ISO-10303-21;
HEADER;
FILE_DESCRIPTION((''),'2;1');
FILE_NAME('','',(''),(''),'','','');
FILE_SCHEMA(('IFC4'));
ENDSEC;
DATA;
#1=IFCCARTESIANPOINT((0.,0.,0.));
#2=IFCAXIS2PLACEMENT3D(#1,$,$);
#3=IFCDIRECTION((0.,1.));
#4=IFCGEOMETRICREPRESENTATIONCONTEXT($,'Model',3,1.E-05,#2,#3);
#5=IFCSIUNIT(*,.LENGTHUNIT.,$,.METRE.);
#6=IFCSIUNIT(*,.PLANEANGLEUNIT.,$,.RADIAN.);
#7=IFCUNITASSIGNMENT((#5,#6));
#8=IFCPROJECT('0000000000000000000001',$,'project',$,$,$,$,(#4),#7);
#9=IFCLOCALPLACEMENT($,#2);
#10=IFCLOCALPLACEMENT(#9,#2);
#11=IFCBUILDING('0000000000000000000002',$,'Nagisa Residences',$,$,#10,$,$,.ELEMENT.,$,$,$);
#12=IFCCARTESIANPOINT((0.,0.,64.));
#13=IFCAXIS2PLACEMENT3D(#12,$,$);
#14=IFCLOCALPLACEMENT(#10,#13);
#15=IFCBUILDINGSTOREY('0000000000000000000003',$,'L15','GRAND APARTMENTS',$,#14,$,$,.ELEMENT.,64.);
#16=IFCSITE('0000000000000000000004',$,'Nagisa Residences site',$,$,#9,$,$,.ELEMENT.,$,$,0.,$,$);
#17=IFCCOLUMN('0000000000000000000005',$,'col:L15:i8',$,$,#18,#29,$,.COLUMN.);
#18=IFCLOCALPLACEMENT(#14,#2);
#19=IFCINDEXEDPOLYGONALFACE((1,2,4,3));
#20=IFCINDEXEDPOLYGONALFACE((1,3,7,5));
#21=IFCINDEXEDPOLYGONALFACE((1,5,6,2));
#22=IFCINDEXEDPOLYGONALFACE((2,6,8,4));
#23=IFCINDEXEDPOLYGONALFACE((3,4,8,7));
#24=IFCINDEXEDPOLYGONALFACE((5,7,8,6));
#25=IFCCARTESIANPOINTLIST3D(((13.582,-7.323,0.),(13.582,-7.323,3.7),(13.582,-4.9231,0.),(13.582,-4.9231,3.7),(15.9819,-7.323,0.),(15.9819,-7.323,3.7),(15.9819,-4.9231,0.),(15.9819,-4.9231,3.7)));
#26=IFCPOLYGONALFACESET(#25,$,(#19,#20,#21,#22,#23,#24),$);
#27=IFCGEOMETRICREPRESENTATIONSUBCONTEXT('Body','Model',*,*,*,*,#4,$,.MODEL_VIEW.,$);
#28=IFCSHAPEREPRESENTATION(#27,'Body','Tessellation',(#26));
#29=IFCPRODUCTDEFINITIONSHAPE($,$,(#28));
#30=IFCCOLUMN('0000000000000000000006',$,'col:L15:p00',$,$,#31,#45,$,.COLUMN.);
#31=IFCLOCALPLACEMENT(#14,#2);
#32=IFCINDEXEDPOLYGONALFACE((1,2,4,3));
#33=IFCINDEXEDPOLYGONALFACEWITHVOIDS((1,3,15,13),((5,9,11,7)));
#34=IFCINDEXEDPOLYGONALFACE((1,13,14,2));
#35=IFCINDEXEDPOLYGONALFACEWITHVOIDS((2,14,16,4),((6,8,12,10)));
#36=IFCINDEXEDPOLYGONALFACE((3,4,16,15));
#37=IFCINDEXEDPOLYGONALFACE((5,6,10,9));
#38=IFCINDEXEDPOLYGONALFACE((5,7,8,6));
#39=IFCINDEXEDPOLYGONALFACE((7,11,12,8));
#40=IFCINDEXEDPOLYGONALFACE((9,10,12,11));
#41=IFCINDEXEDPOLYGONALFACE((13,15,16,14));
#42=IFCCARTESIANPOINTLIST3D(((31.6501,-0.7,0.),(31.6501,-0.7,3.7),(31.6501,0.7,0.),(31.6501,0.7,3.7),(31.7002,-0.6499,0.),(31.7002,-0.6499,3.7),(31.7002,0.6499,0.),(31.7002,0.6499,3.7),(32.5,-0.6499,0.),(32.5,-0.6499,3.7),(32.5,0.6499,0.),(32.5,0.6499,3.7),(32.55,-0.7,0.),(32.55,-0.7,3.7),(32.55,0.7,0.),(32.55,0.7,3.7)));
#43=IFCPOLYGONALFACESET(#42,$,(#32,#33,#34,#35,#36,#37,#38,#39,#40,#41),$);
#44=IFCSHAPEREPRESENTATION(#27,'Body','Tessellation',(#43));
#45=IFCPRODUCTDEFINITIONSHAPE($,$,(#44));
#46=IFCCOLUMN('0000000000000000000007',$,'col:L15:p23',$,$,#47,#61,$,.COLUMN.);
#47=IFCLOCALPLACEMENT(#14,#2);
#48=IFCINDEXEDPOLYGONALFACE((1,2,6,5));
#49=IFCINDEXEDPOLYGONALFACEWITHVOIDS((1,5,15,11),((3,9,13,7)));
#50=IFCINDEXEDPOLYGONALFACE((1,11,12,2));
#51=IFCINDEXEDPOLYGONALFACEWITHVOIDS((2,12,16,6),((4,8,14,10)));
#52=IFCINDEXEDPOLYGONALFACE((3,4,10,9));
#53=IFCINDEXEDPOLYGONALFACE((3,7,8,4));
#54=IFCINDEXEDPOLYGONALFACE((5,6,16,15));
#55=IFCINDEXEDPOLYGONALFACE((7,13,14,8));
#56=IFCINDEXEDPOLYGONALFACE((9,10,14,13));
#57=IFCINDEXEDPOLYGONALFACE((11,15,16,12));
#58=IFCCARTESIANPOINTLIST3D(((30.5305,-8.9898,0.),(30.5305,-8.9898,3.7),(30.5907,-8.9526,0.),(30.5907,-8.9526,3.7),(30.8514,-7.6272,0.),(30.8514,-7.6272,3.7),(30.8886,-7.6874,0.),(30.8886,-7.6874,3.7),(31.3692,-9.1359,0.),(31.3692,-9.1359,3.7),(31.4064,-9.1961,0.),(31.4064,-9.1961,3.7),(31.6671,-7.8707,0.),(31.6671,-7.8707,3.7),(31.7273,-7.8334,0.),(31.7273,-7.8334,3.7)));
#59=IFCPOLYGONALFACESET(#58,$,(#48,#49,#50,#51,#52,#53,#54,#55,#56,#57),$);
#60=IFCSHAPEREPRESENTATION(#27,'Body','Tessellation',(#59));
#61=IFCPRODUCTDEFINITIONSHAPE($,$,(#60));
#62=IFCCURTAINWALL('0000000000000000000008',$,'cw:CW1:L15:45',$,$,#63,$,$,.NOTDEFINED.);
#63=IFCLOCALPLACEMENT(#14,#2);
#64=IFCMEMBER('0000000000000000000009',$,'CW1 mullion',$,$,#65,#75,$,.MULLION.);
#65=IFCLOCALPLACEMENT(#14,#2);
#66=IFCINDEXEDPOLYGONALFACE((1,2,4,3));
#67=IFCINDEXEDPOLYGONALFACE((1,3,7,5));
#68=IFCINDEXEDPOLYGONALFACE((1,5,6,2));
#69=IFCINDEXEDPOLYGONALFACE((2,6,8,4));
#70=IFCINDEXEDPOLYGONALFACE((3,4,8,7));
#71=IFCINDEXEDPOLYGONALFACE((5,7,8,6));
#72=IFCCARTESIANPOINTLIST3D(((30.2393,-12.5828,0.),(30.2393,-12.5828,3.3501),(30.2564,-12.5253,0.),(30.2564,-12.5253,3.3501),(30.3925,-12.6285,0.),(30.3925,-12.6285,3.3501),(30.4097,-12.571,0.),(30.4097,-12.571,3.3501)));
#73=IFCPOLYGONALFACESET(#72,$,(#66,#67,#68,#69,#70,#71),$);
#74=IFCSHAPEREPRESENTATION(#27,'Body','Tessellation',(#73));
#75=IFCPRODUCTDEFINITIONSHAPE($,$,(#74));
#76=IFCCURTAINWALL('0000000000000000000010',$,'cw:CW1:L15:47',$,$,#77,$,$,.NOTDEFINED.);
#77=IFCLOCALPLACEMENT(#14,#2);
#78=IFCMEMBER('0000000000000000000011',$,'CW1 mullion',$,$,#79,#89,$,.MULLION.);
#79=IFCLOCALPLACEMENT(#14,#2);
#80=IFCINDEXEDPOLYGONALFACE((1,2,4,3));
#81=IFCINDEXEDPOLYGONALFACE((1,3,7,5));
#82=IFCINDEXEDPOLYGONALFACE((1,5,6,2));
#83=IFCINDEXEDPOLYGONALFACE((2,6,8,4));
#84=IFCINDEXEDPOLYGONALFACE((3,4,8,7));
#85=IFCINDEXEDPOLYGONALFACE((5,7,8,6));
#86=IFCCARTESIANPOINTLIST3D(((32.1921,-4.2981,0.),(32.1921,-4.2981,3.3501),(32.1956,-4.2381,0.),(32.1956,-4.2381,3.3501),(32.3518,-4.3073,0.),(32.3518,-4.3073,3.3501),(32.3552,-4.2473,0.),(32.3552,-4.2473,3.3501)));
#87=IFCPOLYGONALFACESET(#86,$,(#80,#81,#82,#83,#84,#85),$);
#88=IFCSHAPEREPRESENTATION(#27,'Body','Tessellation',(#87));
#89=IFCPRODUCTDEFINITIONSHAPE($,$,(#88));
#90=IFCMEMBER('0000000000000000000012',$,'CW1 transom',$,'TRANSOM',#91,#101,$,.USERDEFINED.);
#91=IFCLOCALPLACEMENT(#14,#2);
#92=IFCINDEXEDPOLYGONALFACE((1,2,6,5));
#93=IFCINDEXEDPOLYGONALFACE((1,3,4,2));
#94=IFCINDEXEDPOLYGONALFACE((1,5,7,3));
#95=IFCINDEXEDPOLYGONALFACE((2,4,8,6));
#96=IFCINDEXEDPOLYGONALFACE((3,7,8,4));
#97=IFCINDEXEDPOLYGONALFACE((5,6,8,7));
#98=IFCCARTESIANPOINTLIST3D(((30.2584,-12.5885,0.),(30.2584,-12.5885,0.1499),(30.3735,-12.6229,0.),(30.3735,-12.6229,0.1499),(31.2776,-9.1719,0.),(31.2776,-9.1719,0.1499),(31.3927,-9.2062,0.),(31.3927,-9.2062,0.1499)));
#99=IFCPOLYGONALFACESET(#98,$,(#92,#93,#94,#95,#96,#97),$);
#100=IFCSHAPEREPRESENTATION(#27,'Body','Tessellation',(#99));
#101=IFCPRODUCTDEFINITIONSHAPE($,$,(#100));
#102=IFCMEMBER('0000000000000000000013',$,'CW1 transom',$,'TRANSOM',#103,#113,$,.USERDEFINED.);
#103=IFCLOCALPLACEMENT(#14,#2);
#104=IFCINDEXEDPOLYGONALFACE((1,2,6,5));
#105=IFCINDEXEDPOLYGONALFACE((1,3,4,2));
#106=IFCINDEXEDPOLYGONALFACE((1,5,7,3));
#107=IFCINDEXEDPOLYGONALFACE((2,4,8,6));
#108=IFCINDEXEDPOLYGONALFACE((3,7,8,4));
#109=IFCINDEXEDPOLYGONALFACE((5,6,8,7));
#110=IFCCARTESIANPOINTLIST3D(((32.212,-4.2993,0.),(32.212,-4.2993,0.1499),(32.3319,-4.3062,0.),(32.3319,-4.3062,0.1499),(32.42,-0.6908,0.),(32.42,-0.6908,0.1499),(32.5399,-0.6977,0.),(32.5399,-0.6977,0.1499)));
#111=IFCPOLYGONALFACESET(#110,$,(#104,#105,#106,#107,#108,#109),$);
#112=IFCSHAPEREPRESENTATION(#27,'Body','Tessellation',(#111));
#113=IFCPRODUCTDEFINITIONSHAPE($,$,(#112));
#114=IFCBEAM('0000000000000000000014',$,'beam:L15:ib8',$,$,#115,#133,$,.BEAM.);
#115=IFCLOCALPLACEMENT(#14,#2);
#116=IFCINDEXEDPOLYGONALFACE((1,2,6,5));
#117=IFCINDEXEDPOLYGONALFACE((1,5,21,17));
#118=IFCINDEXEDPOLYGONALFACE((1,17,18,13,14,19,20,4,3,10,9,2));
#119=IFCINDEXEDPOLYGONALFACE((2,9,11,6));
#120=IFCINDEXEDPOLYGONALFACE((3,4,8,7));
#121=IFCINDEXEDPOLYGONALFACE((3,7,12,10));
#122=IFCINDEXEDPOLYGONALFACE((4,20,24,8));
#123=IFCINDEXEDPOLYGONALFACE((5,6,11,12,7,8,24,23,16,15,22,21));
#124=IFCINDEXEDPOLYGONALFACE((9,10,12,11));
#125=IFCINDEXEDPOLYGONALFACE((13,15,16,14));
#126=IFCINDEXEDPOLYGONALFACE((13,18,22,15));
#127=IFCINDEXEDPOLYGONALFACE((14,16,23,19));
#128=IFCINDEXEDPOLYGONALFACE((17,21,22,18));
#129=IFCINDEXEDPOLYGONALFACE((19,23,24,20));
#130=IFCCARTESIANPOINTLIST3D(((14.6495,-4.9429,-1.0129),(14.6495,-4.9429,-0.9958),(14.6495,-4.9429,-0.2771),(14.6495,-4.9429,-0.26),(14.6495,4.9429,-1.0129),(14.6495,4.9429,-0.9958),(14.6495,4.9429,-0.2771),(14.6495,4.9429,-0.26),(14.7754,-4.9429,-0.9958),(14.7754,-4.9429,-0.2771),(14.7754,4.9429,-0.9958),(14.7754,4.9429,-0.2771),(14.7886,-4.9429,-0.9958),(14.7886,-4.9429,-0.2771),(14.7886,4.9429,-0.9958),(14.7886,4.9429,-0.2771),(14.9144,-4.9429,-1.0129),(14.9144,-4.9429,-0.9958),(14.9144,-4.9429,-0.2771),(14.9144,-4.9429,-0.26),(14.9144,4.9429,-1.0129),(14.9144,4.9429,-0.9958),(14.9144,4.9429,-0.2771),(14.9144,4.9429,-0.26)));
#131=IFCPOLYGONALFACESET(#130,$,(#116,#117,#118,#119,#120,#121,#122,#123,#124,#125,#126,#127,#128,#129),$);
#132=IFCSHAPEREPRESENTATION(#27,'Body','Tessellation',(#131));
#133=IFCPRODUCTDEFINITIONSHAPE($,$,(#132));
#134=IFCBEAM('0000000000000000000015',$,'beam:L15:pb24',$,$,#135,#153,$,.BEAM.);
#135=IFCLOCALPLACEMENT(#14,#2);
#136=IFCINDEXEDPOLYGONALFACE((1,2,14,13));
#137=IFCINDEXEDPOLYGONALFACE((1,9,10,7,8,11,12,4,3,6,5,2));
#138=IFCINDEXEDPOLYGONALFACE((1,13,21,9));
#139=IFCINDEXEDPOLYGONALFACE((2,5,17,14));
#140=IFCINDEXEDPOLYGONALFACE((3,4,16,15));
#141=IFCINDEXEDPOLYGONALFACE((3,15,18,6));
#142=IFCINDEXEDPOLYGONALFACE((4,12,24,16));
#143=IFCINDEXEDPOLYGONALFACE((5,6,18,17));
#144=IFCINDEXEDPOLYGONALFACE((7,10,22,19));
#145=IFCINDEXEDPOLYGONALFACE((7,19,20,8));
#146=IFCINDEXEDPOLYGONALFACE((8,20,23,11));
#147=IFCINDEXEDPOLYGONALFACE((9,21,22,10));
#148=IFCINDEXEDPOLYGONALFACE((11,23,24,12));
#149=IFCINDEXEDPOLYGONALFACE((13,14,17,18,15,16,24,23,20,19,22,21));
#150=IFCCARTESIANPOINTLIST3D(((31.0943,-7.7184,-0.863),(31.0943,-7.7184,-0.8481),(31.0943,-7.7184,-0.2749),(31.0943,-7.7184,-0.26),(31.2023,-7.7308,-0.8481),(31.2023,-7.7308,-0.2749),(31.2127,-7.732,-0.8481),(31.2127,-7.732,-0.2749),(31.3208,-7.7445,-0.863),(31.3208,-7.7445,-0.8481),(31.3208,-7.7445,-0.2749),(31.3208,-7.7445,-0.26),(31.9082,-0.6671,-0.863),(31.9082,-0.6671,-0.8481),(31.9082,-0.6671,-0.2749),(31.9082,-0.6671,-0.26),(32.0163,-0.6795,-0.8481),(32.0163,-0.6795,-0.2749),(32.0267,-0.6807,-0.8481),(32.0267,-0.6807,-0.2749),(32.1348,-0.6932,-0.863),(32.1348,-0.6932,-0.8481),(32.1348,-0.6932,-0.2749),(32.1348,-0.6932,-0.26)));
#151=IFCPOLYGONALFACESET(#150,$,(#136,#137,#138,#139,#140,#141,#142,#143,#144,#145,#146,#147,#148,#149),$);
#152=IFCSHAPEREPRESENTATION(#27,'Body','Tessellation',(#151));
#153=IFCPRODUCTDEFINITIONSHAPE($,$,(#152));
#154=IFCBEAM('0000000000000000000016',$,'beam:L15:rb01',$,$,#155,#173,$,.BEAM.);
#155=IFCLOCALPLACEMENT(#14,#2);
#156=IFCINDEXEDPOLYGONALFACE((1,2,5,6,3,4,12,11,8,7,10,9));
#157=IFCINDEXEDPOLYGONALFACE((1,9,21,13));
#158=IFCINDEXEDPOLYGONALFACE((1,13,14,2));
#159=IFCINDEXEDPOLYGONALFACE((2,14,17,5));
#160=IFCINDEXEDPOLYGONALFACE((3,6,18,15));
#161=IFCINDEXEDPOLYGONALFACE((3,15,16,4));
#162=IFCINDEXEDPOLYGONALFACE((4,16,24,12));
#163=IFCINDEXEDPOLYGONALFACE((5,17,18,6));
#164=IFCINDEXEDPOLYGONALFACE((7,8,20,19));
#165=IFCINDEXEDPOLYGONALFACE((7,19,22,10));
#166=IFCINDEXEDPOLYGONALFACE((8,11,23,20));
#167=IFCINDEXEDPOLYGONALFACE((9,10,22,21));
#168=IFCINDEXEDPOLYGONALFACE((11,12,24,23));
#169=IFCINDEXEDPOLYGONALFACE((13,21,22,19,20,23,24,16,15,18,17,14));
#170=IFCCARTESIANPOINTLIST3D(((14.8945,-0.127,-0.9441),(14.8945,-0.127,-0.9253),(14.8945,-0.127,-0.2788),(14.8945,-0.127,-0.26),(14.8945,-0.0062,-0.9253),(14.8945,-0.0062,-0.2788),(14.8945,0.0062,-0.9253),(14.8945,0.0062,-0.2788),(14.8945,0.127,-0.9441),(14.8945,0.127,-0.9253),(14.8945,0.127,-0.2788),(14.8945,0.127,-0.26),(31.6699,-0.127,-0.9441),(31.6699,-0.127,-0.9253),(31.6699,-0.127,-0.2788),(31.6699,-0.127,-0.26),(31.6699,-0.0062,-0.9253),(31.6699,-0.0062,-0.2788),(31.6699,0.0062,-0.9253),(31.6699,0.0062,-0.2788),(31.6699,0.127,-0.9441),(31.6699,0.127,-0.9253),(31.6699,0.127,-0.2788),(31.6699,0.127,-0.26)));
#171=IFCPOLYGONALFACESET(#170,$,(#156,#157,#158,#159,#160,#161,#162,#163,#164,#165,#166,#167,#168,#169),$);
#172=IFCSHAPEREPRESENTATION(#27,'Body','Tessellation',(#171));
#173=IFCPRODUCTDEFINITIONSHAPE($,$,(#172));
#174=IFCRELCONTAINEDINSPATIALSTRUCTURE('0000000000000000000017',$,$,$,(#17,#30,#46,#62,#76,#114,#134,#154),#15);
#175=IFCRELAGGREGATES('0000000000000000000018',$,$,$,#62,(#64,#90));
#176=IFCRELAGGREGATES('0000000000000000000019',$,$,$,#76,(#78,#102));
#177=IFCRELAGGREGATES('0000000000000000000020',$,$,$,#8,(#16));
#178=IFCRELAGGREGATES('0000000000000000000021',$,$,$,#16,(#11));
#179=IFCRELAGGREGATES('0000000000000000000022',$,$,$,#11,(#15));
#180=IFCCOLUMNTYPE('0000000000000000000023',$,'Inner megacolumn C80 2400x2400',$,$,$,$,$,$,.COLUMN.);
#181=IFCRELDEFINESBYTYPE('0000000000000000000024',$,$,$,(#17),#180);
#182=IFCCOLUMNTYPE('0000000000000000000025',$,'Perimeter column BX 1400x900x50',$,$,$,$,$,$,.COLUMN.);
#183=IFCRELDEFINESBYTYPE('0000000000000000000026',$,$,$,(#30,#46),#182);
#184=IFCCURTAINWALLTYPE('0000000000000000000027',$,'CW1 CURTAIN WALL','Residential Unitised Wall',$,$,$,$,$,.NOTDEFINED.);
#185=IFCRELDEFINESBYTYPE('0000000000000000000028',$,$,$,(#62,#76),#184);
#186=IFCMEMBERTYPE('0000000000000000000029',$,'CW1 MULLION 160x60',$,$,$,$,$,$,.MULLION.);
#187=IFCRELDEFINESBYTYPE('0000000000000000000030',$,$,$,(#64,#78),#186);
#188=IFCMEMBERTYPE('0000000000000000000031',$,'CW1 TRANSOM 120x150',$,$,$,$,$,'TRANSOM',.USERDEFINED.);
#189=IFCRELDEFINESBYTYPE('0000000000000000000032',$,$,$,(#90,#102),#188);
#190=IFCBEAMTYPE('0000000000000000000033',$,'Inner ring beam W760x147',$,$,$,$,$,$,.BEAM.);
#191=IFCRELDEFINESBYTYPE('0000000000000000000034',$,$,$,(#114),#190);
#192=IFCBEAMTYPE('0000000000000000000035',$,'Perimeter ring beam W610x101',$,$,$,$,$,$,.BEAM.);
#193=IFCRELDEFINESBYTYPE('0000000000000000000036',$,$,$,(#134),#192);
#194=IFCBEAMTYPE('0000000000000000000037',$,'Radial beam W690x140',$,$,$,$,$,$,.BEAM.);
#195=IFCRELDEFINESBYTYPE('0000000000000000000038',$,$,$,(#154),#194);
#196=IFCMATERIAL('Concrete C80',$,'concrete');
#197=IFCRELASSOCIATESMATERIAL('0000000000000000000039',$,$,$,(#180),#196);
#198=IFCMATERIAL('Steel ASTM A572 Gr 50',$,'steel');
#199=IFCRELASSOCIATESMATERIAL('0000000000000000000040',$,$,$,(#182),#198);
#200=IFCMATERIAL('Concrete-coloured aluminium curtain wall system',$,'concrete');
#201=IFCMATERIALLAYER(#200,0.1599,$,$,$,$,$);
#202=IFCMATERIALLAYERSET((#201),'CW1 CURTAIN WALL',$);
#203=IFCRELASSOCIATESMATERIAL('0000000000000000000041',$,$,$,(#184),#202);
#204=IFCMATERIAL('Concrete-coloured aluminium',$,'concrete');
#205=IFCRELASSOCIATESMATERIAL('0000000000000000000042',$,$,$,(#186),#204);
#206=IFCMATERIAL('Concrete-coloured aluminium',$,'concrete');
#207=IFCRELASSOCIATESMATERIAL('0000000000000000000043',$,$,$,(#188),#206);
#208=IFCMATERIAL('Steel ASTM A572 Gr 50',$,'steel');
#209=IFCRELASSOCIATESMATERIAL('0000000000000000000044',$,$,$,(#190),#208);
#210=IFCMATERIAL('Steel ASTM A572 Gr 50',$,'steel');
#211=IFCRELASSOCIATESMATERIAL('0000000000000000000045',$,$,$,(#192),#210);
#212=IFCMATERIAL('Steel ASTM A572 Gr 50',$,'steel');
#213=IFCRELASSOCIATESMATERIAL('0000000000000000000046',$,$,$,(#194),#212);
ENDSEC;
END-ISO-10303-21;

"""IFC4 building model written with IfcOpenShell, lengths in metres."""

from ifc_helpers import new_model, si_unit, direction, frame, origin, origin_2d, place, context, subcontext, project, spatial, rectangle, hollow_rectangle, i_section, extrude, material, layer, layer_set, material_profile, profile_set, type_object, element, aggregate, save


model = new_model("IFC4")

# Units and contexts
model_context = context("Model", 3, precision=1e-05, world=origin(), true_north=direction((0.0, 1.0)))
body_context = subcontext(model_context, "Body", "Model", "MODEL_VIEW")
ifc_project = project(units=[si_unit("LENGTHUNIT", "METRE"), si_unit("PLANEANGLEUNIT", "RADIAN")], contexts=[model_context])

# Site, building, storey
site_placement = place(None, origin())
site = spatial("IfcSite", under=ifc_project, at=site_placement, Name="Nagisa Residences site", CompositionType="ELEMENT", RefElevation=0.0)
building_placement = place(site_placement, origin())
building = spatial("IfcBuilding", under=site, at=building_placement, Name="Nagisa Residences", CompositionType="ELEMENT")
storey_placement = place(building_placement, frame((0.0, 0.0, 64.0)))
storey = spatial("IfcBuildingStorey", under=building, at=storey_placement, Name="L15", Description="GRAND APARTMENTS", CompositionType="ELEMENT", Elevation=64.0)

# Columns
ifc_material_1 = material(Name="Concrete C80", Category="concrete")
ifc_material_profile_1 = material_profile(ifc_material_1, rectangle(XDim=2.3999, YDim=2.3999, at=origin_2d()), Name="C80 2400x2400")
ifc_profile_set_1 = profile_set([ifc_material_profile_1], Name="Concrete C80")
column_type_1 = type_object("IfcColumnType", Name="Inner megacolumn C80 2400x2400", PredefinedType="COLUMN", material=ifc_profile_set_1)
column_placement = place(storey_placement, frame((14.782, -6.123, 0.0), z_axis=(0.0, 0.0, 1.0), x_axis=(1.0, 0.0, 0.0)))
element("IfcColumn", 1, at=column_placement, inside=storey, type_object=column_type_1, Name="col:L15:i8", PredefinedType="COLUMN", context=body_context, shape_type="SweptSolid", body=[
    extrude(rectangle(XDim=2.3999, YDim=2.3999, at=origin_2d()), origin(), (0.0, 0.0, 1.0), 3.7),
])
ifc_material_2 = material(Name="Steel ASTM A572 Gr 50", Category="steel")
ifc_material_profile_2 = material_profile(ifc_material_2, hollow_rectangle(XDim=1.3999, YDim=0.8999, WallThickness=0.05, at=origin_2d()), Name="BX 1400x900x50")
ifc_profile_set_2 = profile_set([ifc_material_profile_2], Name="Steel ASTM A572 Gr 50")
column_type_2 = type_object("IfcColumnType", Name="Perimeter column BX 1400x900x50", PredefinedType="COLUMN", material=ifc_profile_set_2)
for number, where, z_axis, x_axis, name in (
    (2, (32.1001, 0.0, 0.0), (0.0, 0.0, 1.0), (0.0, 1.0, 0.0), "col:L15:p00"),
    (3, (31.1289, -8.4116, 0.0), (0.0, 0.0, 1.0), (0.229202, 0.973379, 0.0), "col:L15:p23"),
):
    element("IfcColumn", number, at=place(storey_placement, frame(where, z_axis=z_axis, x_axis=x_axis)), inside=storey, type_object=column_type_2, Name=name, PredefinedType="COLUMN", context=body_context, shape_type="SweptSolid", body=[
        extrude(hollow_rectangle(XDim=1.3999, YDim=0.8999, WallThickness=0.05, at=origin_2d()), origin(), (0.0, 0.0, 1.0), 3.7),
    ])

# Curtain walls, members
ifc_material_3 = material(Name="Concrete-coloured aluminium curtain wall system", Category="concrete")
ifc_layer_1 = layer(ifc_material_3, 0.1599)
ifc_layer_set_1 = layer_set([ifc_layer_1], Name="CW1 CURTAIN WALL")
curtain_wall_type = type_object("IfcCurtainWallType", Name="CW1 CURTAIN WALL", Description="Residential Unitised Wall", PredefinedType="NOTDEFINED", material=ifc_layer_set_1)
curtain_wall_1_placement = place(storey_placement, origin())
curtain_wall_1 = element("IfcCurtainWall", 4, at=curtain_wall_1_placement, inside=storey, type_object=curtain_wall_type, Name="cw:CW1:L15:45", PredefinedType="NOTDEFINED")
ifc_material_4 = material(Name="Concrete-coloured aluminium", Category="concrete")
ifc_material_profile_3 = material_profile(ifc_material_4, rectangle(XDim=0.1599, YDim=0.0601, at=origin_2d()), Name="CW1 MULLION 160x60")
ifc_profile_set_3 = profile_set([ifc_material_profile_3], Name="Concrete-coloured aluminium")
member_type_1 = type_object("IfcMemberType", Name="CW1 MULLION 160x60", PredefinedType="MULLION", material=ifc_profile_set_3)
member_1_placement = place(storey_placement, frame((30.3245, -12.5769, 0.0), z_axis=(0.0, 0.0, 1.0), x_axis=(-0.958271, 0.28586, 0.0)))
member_1 = element("IfcMember", 5, at=member_1_placement, type_object=member_type_1, Name="CW1 mullion", PredefinedType="MULLION", context=body_context, shape_type="SweptSolid", body=[
    extrude(rectangle(XDim=0.1599, YDim=0.0601, at=origin_2d()), origin(), (0.0, 0.0, 1.0), 3.3501),
])
curtain_wall_2_placement = place(storey_placement, origin())
curtain_wall_2 = element("IfcCurtainWall", 6, at=curtain_wall_2_placement, inside=storey, type_object=curtain_wall_type, Name="cw:CW1:L15:47", PredefinedType="NOTDEFINED")
member_2_placement = place(storey_placement, frame((32.2737, -4.2727, 0.0), z_axis=(0.0, 0.0, 1.0), x_axis=(-0.998345, 0.057503, 0.0)))
member_2 = element("IfcMember", 7, at=member_2_placement, type_object=member_type_1, Name="CW1 mullion", PredefinedType="MULLION", context=body_context, shape_type="SweptSolid", body=[
    extrude(rectangle(XDim=0.1599, YDim=0.0601, at=origin_2d()), origin(), (0.0, 0.0, 1.0), 3.3501),
])

# Members
ifc_material_5 = material(Name="Concrete-coloured aluminium", Category="concrete")
ifc_material_profile_4 = material_profile(ifc_material_5, rectangle(XDim=0.1201, YDim=0.1499, at=origin_2d()), Name="CW1 TRANSOM 120x150")
ifc_profile_set_4 = profile_set([ifc_material_profile_4], Name="Concrete-coloured aluminium")
member_type_2 = type_object("IfcMemberType", Name="CW1 TRANSOM 120x150", ElementType="TRANSOM", PredefinedType="USERDEFINED", material=ifc_profile_set_4)
member_3_placement = place(storey_placement, frame((30.3159, -12.6057, 0.075), z_axis=(0.285871, 0.958268, 0.0), x_axis=(-0.958268, 0.285871, 0.0)))
member_3 = element("IfcMember", 8, at=member_3_placement, type_object=member_type_2, Name="CW1 transom", ObjectType="TRANSOM", PredefinedType="USERDEFINED", context=body_context, shape_type="SweptSolid", body=[
    extrude(rectangle(XDim=0.1201, YDim=0.1499, at=origin_2d()), origin(), (0.0, 0.0, 1.0), 3.5654),
])
member_4_placement = place(storey_placement, frame((32.272, -4.3027, 0.075), z_axis=(0.05755, 0.998343, 0.0), x_axis=(-0.998343, 0.05755, 0.0)))
member_4 = element("IfcMember", 9, at=member_4_placement, type_object=member_type_2, Name="CW1 transom", ObjectType="TRANSOM", PredefinedType="USERDEFINED", context=body_context, shape_type="SweptSolid", body=[
    extrude(rectangle(XDim=0.1201, YDim=0.1499, at=origin_2d()), origin(), (0.0, 0.0, 1.0), 3.6145),
])

# Beams
ifc_material_6 = material(Name="Steel ASTM A572 Gr 50", Category="steel")
ifc_material_profile_5 = material_profile(ifc_material_6, i_section(OverallWidth=0.2649, OverallDepth=0.7529, WebThickness=0.0132, FlangeThickness=0.0171, at=origin_2d()), Name="W760x147")
ifc_profile_set_5 = profile_set([ifc_material_profile_5], Name="Steel ASTM A572 Gr 50")
beam_type_1 = type_object("IfcBeamType", Name="Inner ring beam W760x147", PredefinedType="BEAM", material=ifc_profile_set_5)
beam_1_placement = place(storey_placement, frame((14.782, -4.9429, -0.6365), z_axis=(0.0, 1.0, 0.0), x_axis=(-1.0, 0.0, 0.0)))
element("IfcBeam", 10, at=beam_1_placement, inside=storey, type_object=beam_type_1, Name="beam:L15:ib8", PredefinedType="BEAM", context=body_context, shape_type="SweptSolid", body=[
    extrude(i_section(OverallWidth=0.2649, OverallDepth=0.7529, WebThickness=0.0132, FlangeThickness=0.0171, at=origin_2d()), origin(), (0.0, 0.0, 1.0), 9.8857),
])
ifc_material_7 = material(Name="Steel ASTM A572 Gr 50", Category="steel")
ifc_material_profile_6 = material_profile(ifc_material_7, i_section(OverallWidth=0.228, OverallDepth=0.603, WebThickness=0.0105, FlangeThickness=0.0149, at=origin_2d()), Name="W610x101")
ifc_profile_set_6 = profile_set([ifc_material_profile_6], Name="Steel ASTM A572 Gr 50")
beam_type_2 = type_object("IfcBeamType", Name="Perimeter ring beam W610x101", PredefinedType="BEAM", material=ifc_profile_set_6)
beam_2_placement = place(storey_placement, frame((31.2075, -7.7314, -0.5615), z_axis=(0.114674, 0.993403, 0.0), x_axis=(-0.993403, 0.114674, 0.0)))
element("IfcBeam", 11, at=beam_2_placement, inside=storey, type_object=beam_type_2, Name="beam:L15:pb24", PredefinedType="BEAM", context=body_context, shape_type="SweptSolid", body=[
    extrude(i_section(OverallWidth=0.228, OverallDepth=0.603, WebThickness=0.0105, FlangeThickness=0.0149, at=origin_2d()), origin(), (0.0, 0.0, 1.0), 7.0981),
])
ifc_material_8 = material(Name="Steel ASTM A572 Gr 50", Category="steel")
ifc_material_profile_7 = material_profile(ifc_material_8, i_section(OverallWidth=0.2539, OverallDepth=0.6841, WebThickness=0.0125, FlangeThickness=0.0188, at=origin_2d()), Name="W690x140")
ifc_profile_set_7 = profile_set([ifc_material_profile_7], Name="Steel ASTM A572 Gr 50")
beam_type_3 = type_object("IfcBeamType", Name="Radial beam W690x140", PredefinedType="BEAM", material=ifc_profile_set_7)
beam_3_placement = place(storey_placement, frame((31.6699, 0.0, -0.6021), z_axis=(-1.0, 0.0, 0.0), x_axis=(0.0, -1.0, 0.0)))
element("IfcBeam", 12, at=beam_3_placement, inside=storey, type_object=beam_type_3, Name="beam:L15:rb01", PredefinedType="BEAM", context=body_context, shape_type="SweptSolid", body=[
    extrude(i_section(OverallWidth=0.2539, OverallDepth=0.6841, WebThickness=0.0125, FlangeThickness=0.0188, at=origin_2d()), origin(), (0.0, 0.0, 1.0), 16.7754),
])

aggregate(curtain_wall_1, [member_1, member_3])
aggregate(curtain_wall_2, [member_2, member_4])

save(model, "model.ifc")
